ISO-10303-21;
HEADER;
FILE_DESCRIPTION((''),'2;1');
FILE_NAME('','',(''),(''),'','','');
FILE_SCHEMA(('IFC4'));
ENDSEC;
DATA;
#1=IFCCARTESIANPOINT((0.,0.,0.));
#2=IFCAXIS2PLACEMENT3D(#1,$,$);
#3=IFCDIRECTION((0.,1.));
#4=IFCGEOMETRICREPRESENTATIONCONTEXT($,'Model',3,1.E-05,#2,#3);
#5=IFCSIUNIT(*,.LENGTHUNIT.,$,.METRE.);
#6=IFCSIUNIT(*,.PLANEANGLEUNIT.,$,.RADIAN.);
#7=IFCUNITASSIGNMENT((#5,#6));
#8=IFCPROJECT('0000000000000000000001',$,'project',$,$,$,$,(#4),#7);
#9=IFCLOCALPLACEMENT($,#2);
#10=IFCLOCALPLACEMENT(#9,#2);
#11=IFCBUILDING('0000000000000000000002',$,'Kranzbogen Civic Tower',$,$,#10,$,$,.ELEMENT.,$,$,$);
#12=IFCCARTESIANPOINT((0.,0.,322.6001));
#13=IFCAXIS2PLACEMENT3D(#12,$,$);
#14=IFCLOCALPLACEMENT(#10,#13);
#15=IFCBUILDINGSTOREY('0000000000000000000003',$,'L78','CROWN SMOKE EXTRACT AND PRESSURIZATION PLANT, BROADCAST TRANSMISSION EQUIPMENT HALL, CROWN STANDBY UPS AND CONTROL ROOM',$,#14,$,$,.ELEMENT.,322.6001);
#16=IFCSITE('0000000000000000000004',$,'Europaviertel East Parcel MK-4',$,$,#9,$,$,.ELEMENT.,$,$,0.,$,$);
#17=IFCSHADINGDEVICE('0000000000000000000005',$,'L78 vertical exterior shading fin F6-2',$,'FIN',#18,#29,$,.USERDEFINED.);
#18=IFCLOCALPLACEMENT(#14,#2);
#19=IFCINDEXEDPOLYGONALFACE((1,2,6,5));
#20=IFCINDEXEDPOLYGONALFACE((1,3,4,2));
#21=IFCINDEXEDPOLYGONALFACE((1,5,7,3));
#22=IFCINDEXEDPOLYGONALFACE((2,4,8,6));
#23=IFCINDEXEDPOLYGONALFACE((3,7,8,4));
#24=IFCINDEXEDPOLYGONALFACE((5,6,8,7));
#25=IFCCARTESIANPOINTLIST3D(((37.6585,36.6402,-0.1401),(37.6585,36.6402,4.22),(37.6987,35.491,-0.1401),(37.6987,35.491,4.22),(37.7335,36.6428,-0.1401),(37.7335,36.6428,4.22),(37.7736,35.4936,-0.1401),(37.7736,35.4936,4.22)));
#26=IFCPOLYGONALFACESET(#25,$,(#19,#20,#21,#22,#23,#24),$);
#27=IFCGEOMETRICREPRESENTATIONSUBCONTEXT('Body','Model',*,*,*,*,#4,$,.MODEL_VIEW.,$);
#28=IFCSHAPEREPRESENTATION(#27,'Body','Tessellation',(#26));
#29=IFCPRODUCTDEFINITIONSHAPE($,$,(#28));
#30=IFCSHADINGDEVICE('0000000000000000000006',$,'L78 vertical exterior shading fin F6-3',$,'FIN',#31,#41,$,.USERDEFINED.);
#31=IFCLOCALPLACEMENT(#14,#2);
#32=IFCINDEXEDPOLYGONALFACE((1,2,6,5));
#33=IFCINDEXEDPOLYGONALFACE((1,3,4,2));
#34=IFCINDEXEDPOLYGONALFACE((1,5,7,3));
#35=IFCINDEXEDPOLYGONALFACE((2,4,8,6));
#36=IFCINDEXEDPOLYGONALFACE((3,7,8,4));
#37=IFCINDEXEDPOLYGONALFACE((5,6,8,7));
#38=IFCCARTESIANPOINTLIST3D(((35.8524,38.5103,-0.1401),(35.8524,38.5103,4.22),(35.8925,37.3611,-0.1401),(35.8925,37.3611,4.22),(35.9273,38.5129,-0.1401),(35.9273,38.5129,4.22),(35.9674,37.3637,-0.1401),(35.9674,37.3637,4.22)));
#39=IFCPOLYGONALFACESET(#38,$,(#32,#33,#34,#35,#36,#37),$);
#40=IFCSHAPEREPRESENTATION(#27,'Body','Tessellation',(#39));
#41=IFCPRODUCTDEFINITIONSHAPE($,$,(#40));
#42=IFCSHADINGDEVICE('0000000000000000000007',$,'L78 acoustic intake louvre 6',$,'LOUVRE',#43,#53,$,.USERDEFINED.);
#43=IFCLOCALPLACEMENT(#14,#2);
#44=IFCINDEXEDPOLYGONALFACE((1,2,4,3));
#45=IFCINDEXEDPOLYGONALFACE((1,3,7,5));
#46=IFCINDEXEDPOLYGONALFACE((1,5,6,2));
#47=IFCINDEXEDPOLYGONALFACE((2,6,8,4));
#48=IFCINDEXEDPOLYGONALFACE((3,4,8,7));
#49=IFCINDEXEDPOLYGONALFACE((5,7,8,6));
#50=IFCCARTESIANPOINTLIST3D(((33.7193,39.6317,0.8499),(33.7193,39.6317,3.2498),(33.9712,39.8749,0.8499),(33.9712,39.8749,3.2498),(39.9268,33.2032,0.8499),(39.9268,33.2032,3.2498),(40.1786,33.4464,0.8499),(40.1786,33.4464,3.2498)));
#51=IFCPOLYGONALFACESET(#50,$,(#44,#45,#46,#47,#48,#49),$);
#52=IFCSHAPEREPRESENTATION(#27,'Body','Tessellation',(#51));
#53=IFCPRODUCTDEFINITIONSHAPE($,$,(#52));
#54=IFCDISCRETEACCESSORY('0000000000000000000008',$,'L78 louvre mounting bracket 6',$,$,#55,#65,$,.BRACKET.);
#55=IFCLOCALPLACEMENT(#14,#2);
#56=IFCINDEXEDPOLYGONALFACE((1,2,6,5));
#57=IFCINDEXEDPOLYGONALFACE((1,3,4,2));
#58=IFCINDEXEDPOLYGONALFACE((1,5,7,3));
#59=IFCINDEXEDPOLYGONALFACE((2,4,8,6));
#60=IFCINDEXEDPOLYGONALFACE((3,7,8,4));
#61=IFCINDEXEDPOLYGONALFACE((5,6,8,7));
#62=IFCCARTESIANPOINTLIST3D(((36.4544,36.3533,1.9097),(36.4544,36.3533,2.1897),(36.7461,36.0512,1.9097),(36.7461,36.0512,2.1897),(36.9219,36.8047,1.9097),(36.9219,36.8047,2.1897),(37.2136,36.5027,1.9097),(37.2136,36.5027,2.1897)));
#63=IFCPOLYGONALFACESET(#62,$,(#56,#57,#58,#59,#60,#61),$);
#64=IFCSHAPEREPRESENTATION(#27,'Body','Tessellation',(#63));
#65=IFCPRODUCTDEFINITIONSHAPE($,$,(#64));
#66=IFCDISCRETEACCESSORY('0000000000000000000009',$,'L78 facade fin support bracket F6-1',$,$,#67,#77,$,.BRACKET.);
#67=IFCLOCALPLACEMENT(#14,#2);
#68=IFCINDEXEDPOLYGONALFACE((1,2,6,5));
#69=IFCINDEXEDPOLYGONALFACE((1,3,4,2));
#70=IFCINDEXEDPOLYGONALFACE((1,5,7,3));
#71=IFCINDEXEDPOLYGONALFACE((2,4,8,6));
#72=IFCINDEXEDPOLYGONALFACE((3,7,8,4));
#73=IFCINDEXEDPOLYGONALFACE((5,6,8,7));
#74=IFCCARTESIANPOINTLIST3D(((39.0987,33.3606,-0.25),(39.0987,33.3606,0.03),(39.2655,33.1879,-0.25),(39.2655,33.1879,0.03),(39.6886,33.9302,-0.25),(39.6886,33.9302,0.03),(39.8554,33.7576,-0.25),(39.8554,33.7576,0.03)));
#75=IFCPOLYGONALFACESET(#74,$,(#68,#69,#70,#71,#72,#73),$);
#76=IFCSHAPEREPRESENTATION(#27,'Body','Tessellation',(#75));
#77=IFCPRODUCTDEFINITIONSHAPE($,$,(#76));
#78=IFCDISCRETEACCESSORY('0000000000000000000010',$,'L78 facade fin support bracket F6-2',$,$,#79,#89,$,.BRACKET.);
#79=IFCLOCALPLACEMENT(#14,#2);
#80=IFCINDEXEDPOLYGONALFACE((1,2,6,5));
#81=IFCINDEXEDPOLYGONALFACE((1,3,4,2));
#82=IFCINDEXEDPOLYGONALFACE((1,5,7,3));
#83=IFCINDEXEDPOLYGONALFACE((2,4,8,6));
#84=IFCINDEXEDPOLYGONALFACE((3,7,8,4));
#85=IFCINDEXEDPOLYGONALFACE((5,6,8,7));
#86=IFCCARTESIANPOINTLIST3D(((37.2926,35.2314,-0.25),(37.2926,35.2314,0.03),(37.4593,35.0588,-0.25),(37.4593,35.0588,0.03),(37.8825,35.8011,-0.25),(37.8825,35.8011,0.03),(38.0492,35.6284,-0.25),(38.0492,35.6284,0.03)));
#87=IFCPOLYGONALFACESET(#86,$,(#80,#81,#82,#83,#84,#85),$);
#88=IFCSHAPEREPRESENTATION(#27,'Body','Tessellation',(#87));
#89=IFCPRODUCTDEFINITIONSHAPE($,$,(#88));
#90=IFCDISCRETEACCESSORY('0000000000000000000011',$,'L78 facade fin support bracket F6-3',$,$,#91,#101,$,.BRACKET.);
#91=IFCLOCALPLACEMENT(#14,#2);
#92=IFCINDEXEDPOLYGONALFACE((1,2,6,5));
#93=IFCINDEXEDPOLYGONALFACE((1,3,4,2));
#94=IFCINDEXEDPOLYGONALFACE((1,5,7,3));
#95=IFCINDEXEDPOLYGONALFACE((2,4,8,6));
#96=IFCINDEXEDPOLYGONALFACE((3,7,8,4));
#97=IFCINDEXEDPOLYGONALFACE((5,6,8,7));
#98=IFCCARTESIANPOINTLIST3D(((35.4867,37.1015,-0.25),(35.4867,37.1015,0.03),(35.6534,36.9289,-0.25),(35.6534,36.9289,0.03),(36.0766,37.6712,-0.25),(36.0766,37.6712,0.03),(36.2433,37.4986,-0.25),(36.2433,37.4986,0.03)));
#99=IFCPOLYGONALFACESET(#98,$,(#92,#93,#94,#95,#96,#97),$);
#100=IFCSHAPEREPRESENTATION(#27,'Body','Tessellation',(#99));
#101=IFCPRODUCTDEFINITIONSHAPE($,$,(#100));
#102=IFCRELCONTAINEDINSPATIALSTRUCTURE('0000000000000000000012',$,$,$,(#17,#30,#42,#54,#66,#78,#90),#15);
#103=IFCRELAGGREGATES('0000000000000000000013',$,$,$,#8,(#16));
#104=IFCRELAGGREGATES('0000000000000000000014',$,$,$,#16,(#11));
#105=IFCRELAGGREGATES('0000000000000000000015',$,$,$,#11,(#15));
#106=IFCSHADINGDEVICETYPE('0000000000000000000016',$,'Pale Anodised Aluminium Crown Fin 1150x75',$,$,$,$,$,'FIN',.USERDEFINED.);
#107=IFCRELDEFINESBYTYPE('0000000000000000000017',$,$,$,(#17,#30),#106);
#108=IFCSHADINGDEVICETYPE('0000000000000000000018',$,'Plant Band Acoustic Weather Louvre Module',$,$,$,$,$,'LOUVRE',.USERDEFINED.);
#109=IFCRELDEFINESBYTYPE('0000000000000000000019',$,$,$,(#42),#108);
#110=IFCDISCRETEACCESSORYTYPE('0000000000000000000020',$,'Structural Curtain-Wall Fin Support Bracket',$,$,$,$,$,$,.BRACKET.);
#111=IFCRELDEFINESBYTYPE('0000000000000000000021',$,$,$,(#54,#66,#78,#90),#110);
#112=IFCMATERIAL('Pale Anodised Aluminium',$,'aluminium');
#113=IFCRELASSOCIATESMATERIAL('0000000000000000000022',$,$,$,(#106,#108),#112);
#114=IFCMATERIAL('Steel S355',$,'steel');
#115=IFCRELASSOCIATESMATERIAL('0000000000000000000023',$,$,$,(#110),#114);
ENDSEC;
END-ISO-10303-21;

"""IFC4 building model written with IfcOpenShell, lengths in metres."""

from ifc_helpers import new_model, si_unit, direction, frame, origin, origin_2d, place, context, subcontext, project, spatial, rectangle, extrude, material, type_object, element, save


model = new_model("IFC4")

# Units and contexts
model_context = context("Model", 3, precision=1e-05, world=origin(), true_north=direction((0.0, 1.0)))
body_context = subcontext(model_context, "Body", "Model", "MODEL_VIEW")
ifc_project = project(units=[si_unit("LENGTHUNIT", "METRE"), si_unit("PLANEANGLEUNIT", "RADIAN")], contexts=[model_context])

# Site, building, storey
site_placement = place(None, origin())
site = spatial("IfcSite", under=ifc_project, at=site_placement, Name="Europaviertel East Parcel MK-4", CompositionType="ELEMENT", RefElevation=0.0)
building_placement = place(site_placement, origin())
building = spatial("IfcBuilding", under=site, at=building_placement, Name="Kranzbogen Civic Tower", CompositionType="ELEMENT")
storey_placement = place(building_placement, frame((0.0, 0.0, 322.6001)))
storey = spatial("IfcBuildingStorey", under=building, at=storey_placement, Name="L78", Description="CROWN SMOKE EXTRACT AND PRESSURIZATION PLANT, BROADCAST TRANSMISSION EQUIPMENT HALL, CROWN STANDBY UPS AND CONTROL ROOM", CompositionType="ELEMENT", Elevation=322.6001)

# Shared definitions
ifc_material_1 = material(Name="Steel S355", Category="steel")

# Shared definitions
ifc_material_2 = material(Name="Pale Anodised Aluminium", Category="aluminium")

# Shading devices
shading_device_type_1 = type_object("IfcShadingDeviceType", Name="Pale Anodised Aluminium Crown Fin 1150x75", ElementType="FIN", PredefinedType="USERDEFINED", material=ifc_material_2)
for number, where, z_axis, x_axis, name in (
    (1, (37.7161, 36.0669, -0.1401), (0.0, 0.0, 1.0), (-0.034899, 0.999391, 0.0), "L78 vertical exterior shading fin F6-2"),
    (2, (35.9099, 37.937, -0.1401), (0.0, 0.0, 1.0), (-0.034899, 0.999391, 0.0), "L78 vertical exterior shading fin F6-3"),
):
    element("IfcShadingDevice", number, at=place(storey_placement, frame(where, z_axis=z_axis, x_axis=x_axis)), inside=storey, type_object=shading_device_type_1, Name=name, ObjectType="FIN", PredefinedType="USERDEFINED", context=body_context, shape_type="SweptSolid", body=[
        extrude(rectangle(XDim=1.1499, YDim=0.075, at=origin_2d()), origin(), (0.0, 0.0, 1.0), 4.3601),
    ])
shading_device_type_2 = type_object("IfcShadingDeviceType", Name="Plant Band Acoustic Weather Louvre Module", ElementType="LOUVRE", PredefinedType="USERDEFINED", material=ifc_material_2)
shading_device_placement = place(storey_placement, frame((36.949, 36.5391, 0.8499), z_axis=(0.0, 0.0, 1.0), x_axis=(-0.694633, 0.719364, 0.0)))
element("IfcShadingDevice", 3, at=shading_device_placement, inside=storey, type_object=shading_device_type_2, Name="L78 acoustic intake louvre 6", ObjectType="LOUVRE", PredefinedType="USERDEFINED", context=body_context, shape_type="SweptSolid", body=[
    extrude(rectangle(XDim=8.9363, YDim=0.3501, at=origin_2d()), origin(), (0.0, 0.0, 1.0), 2.3999),
])

# Discrete accessories
discrete_accessory_type = type_object("IfcDiscreteAccessoryType", Name="Structural Curtain-Wall Fin Support Bracket", PredefinedType="BRACKET", material=ifc_material_1)
discrete_accessory_placement = place(storey_placement, frame((36.834, 36.428, 1.9097), z_axis=(0.0, 0.0, 1.0), x_axis=(0.71934, 0.694658, 0.0)))
element("IfcDiscreteAccessory", 4, at=discrete_accessory_placement, inside=storey, type_object=discrete_accessory_type, Name="L78 louvre mounting bracket 6", PredefinedType="BRACKET", context=body_context, shape_type="SweptSolid", body=[
    extrude(rectangle(XDim=0.6499, YDim=0.4199, at=origin_2d()), origin(), (0.0, 0.0, 1.0), 0.28),
])
for number, where, z_axis, x_axis, name in (
    (5, (39.4771, 33.5591, -0.25), (0.0, 0.0, 1.0), (0.71934, 0.694658, 0.0), "L78 facade fin support bracket F6-1"),
    (6, (37.6709, 35.4299, -0.25), (0.0, 0.0, 1.0), (0.71934, 0.694658, 0.0), "L78 facade fin support bracket F6-2"),
    (7, (35.865, 37.3, -0.25), (0.0, 0.0, 1.0), (0.71934, 0.694658, 0.0), "L78 facade fin support bracket F6-3"),
):
    element("IfcDiscreteAccessory", number, at=place(storey_placement, frame(where, z_axis=z_axis, x_axis=x_axis)), inside=storey, type_object=discrete_accessory_type, Name=name, PredefinedType="BRACKET", context=body_context, shape_type="SweptSolid", body=[
        extrude(rectangle(XDim=0.8201, YDim=0.24, at=origin_2d()), origin(), (0.0, 0.0, 1.0), 0.28),
    ])

save(model, "model.ifc")
